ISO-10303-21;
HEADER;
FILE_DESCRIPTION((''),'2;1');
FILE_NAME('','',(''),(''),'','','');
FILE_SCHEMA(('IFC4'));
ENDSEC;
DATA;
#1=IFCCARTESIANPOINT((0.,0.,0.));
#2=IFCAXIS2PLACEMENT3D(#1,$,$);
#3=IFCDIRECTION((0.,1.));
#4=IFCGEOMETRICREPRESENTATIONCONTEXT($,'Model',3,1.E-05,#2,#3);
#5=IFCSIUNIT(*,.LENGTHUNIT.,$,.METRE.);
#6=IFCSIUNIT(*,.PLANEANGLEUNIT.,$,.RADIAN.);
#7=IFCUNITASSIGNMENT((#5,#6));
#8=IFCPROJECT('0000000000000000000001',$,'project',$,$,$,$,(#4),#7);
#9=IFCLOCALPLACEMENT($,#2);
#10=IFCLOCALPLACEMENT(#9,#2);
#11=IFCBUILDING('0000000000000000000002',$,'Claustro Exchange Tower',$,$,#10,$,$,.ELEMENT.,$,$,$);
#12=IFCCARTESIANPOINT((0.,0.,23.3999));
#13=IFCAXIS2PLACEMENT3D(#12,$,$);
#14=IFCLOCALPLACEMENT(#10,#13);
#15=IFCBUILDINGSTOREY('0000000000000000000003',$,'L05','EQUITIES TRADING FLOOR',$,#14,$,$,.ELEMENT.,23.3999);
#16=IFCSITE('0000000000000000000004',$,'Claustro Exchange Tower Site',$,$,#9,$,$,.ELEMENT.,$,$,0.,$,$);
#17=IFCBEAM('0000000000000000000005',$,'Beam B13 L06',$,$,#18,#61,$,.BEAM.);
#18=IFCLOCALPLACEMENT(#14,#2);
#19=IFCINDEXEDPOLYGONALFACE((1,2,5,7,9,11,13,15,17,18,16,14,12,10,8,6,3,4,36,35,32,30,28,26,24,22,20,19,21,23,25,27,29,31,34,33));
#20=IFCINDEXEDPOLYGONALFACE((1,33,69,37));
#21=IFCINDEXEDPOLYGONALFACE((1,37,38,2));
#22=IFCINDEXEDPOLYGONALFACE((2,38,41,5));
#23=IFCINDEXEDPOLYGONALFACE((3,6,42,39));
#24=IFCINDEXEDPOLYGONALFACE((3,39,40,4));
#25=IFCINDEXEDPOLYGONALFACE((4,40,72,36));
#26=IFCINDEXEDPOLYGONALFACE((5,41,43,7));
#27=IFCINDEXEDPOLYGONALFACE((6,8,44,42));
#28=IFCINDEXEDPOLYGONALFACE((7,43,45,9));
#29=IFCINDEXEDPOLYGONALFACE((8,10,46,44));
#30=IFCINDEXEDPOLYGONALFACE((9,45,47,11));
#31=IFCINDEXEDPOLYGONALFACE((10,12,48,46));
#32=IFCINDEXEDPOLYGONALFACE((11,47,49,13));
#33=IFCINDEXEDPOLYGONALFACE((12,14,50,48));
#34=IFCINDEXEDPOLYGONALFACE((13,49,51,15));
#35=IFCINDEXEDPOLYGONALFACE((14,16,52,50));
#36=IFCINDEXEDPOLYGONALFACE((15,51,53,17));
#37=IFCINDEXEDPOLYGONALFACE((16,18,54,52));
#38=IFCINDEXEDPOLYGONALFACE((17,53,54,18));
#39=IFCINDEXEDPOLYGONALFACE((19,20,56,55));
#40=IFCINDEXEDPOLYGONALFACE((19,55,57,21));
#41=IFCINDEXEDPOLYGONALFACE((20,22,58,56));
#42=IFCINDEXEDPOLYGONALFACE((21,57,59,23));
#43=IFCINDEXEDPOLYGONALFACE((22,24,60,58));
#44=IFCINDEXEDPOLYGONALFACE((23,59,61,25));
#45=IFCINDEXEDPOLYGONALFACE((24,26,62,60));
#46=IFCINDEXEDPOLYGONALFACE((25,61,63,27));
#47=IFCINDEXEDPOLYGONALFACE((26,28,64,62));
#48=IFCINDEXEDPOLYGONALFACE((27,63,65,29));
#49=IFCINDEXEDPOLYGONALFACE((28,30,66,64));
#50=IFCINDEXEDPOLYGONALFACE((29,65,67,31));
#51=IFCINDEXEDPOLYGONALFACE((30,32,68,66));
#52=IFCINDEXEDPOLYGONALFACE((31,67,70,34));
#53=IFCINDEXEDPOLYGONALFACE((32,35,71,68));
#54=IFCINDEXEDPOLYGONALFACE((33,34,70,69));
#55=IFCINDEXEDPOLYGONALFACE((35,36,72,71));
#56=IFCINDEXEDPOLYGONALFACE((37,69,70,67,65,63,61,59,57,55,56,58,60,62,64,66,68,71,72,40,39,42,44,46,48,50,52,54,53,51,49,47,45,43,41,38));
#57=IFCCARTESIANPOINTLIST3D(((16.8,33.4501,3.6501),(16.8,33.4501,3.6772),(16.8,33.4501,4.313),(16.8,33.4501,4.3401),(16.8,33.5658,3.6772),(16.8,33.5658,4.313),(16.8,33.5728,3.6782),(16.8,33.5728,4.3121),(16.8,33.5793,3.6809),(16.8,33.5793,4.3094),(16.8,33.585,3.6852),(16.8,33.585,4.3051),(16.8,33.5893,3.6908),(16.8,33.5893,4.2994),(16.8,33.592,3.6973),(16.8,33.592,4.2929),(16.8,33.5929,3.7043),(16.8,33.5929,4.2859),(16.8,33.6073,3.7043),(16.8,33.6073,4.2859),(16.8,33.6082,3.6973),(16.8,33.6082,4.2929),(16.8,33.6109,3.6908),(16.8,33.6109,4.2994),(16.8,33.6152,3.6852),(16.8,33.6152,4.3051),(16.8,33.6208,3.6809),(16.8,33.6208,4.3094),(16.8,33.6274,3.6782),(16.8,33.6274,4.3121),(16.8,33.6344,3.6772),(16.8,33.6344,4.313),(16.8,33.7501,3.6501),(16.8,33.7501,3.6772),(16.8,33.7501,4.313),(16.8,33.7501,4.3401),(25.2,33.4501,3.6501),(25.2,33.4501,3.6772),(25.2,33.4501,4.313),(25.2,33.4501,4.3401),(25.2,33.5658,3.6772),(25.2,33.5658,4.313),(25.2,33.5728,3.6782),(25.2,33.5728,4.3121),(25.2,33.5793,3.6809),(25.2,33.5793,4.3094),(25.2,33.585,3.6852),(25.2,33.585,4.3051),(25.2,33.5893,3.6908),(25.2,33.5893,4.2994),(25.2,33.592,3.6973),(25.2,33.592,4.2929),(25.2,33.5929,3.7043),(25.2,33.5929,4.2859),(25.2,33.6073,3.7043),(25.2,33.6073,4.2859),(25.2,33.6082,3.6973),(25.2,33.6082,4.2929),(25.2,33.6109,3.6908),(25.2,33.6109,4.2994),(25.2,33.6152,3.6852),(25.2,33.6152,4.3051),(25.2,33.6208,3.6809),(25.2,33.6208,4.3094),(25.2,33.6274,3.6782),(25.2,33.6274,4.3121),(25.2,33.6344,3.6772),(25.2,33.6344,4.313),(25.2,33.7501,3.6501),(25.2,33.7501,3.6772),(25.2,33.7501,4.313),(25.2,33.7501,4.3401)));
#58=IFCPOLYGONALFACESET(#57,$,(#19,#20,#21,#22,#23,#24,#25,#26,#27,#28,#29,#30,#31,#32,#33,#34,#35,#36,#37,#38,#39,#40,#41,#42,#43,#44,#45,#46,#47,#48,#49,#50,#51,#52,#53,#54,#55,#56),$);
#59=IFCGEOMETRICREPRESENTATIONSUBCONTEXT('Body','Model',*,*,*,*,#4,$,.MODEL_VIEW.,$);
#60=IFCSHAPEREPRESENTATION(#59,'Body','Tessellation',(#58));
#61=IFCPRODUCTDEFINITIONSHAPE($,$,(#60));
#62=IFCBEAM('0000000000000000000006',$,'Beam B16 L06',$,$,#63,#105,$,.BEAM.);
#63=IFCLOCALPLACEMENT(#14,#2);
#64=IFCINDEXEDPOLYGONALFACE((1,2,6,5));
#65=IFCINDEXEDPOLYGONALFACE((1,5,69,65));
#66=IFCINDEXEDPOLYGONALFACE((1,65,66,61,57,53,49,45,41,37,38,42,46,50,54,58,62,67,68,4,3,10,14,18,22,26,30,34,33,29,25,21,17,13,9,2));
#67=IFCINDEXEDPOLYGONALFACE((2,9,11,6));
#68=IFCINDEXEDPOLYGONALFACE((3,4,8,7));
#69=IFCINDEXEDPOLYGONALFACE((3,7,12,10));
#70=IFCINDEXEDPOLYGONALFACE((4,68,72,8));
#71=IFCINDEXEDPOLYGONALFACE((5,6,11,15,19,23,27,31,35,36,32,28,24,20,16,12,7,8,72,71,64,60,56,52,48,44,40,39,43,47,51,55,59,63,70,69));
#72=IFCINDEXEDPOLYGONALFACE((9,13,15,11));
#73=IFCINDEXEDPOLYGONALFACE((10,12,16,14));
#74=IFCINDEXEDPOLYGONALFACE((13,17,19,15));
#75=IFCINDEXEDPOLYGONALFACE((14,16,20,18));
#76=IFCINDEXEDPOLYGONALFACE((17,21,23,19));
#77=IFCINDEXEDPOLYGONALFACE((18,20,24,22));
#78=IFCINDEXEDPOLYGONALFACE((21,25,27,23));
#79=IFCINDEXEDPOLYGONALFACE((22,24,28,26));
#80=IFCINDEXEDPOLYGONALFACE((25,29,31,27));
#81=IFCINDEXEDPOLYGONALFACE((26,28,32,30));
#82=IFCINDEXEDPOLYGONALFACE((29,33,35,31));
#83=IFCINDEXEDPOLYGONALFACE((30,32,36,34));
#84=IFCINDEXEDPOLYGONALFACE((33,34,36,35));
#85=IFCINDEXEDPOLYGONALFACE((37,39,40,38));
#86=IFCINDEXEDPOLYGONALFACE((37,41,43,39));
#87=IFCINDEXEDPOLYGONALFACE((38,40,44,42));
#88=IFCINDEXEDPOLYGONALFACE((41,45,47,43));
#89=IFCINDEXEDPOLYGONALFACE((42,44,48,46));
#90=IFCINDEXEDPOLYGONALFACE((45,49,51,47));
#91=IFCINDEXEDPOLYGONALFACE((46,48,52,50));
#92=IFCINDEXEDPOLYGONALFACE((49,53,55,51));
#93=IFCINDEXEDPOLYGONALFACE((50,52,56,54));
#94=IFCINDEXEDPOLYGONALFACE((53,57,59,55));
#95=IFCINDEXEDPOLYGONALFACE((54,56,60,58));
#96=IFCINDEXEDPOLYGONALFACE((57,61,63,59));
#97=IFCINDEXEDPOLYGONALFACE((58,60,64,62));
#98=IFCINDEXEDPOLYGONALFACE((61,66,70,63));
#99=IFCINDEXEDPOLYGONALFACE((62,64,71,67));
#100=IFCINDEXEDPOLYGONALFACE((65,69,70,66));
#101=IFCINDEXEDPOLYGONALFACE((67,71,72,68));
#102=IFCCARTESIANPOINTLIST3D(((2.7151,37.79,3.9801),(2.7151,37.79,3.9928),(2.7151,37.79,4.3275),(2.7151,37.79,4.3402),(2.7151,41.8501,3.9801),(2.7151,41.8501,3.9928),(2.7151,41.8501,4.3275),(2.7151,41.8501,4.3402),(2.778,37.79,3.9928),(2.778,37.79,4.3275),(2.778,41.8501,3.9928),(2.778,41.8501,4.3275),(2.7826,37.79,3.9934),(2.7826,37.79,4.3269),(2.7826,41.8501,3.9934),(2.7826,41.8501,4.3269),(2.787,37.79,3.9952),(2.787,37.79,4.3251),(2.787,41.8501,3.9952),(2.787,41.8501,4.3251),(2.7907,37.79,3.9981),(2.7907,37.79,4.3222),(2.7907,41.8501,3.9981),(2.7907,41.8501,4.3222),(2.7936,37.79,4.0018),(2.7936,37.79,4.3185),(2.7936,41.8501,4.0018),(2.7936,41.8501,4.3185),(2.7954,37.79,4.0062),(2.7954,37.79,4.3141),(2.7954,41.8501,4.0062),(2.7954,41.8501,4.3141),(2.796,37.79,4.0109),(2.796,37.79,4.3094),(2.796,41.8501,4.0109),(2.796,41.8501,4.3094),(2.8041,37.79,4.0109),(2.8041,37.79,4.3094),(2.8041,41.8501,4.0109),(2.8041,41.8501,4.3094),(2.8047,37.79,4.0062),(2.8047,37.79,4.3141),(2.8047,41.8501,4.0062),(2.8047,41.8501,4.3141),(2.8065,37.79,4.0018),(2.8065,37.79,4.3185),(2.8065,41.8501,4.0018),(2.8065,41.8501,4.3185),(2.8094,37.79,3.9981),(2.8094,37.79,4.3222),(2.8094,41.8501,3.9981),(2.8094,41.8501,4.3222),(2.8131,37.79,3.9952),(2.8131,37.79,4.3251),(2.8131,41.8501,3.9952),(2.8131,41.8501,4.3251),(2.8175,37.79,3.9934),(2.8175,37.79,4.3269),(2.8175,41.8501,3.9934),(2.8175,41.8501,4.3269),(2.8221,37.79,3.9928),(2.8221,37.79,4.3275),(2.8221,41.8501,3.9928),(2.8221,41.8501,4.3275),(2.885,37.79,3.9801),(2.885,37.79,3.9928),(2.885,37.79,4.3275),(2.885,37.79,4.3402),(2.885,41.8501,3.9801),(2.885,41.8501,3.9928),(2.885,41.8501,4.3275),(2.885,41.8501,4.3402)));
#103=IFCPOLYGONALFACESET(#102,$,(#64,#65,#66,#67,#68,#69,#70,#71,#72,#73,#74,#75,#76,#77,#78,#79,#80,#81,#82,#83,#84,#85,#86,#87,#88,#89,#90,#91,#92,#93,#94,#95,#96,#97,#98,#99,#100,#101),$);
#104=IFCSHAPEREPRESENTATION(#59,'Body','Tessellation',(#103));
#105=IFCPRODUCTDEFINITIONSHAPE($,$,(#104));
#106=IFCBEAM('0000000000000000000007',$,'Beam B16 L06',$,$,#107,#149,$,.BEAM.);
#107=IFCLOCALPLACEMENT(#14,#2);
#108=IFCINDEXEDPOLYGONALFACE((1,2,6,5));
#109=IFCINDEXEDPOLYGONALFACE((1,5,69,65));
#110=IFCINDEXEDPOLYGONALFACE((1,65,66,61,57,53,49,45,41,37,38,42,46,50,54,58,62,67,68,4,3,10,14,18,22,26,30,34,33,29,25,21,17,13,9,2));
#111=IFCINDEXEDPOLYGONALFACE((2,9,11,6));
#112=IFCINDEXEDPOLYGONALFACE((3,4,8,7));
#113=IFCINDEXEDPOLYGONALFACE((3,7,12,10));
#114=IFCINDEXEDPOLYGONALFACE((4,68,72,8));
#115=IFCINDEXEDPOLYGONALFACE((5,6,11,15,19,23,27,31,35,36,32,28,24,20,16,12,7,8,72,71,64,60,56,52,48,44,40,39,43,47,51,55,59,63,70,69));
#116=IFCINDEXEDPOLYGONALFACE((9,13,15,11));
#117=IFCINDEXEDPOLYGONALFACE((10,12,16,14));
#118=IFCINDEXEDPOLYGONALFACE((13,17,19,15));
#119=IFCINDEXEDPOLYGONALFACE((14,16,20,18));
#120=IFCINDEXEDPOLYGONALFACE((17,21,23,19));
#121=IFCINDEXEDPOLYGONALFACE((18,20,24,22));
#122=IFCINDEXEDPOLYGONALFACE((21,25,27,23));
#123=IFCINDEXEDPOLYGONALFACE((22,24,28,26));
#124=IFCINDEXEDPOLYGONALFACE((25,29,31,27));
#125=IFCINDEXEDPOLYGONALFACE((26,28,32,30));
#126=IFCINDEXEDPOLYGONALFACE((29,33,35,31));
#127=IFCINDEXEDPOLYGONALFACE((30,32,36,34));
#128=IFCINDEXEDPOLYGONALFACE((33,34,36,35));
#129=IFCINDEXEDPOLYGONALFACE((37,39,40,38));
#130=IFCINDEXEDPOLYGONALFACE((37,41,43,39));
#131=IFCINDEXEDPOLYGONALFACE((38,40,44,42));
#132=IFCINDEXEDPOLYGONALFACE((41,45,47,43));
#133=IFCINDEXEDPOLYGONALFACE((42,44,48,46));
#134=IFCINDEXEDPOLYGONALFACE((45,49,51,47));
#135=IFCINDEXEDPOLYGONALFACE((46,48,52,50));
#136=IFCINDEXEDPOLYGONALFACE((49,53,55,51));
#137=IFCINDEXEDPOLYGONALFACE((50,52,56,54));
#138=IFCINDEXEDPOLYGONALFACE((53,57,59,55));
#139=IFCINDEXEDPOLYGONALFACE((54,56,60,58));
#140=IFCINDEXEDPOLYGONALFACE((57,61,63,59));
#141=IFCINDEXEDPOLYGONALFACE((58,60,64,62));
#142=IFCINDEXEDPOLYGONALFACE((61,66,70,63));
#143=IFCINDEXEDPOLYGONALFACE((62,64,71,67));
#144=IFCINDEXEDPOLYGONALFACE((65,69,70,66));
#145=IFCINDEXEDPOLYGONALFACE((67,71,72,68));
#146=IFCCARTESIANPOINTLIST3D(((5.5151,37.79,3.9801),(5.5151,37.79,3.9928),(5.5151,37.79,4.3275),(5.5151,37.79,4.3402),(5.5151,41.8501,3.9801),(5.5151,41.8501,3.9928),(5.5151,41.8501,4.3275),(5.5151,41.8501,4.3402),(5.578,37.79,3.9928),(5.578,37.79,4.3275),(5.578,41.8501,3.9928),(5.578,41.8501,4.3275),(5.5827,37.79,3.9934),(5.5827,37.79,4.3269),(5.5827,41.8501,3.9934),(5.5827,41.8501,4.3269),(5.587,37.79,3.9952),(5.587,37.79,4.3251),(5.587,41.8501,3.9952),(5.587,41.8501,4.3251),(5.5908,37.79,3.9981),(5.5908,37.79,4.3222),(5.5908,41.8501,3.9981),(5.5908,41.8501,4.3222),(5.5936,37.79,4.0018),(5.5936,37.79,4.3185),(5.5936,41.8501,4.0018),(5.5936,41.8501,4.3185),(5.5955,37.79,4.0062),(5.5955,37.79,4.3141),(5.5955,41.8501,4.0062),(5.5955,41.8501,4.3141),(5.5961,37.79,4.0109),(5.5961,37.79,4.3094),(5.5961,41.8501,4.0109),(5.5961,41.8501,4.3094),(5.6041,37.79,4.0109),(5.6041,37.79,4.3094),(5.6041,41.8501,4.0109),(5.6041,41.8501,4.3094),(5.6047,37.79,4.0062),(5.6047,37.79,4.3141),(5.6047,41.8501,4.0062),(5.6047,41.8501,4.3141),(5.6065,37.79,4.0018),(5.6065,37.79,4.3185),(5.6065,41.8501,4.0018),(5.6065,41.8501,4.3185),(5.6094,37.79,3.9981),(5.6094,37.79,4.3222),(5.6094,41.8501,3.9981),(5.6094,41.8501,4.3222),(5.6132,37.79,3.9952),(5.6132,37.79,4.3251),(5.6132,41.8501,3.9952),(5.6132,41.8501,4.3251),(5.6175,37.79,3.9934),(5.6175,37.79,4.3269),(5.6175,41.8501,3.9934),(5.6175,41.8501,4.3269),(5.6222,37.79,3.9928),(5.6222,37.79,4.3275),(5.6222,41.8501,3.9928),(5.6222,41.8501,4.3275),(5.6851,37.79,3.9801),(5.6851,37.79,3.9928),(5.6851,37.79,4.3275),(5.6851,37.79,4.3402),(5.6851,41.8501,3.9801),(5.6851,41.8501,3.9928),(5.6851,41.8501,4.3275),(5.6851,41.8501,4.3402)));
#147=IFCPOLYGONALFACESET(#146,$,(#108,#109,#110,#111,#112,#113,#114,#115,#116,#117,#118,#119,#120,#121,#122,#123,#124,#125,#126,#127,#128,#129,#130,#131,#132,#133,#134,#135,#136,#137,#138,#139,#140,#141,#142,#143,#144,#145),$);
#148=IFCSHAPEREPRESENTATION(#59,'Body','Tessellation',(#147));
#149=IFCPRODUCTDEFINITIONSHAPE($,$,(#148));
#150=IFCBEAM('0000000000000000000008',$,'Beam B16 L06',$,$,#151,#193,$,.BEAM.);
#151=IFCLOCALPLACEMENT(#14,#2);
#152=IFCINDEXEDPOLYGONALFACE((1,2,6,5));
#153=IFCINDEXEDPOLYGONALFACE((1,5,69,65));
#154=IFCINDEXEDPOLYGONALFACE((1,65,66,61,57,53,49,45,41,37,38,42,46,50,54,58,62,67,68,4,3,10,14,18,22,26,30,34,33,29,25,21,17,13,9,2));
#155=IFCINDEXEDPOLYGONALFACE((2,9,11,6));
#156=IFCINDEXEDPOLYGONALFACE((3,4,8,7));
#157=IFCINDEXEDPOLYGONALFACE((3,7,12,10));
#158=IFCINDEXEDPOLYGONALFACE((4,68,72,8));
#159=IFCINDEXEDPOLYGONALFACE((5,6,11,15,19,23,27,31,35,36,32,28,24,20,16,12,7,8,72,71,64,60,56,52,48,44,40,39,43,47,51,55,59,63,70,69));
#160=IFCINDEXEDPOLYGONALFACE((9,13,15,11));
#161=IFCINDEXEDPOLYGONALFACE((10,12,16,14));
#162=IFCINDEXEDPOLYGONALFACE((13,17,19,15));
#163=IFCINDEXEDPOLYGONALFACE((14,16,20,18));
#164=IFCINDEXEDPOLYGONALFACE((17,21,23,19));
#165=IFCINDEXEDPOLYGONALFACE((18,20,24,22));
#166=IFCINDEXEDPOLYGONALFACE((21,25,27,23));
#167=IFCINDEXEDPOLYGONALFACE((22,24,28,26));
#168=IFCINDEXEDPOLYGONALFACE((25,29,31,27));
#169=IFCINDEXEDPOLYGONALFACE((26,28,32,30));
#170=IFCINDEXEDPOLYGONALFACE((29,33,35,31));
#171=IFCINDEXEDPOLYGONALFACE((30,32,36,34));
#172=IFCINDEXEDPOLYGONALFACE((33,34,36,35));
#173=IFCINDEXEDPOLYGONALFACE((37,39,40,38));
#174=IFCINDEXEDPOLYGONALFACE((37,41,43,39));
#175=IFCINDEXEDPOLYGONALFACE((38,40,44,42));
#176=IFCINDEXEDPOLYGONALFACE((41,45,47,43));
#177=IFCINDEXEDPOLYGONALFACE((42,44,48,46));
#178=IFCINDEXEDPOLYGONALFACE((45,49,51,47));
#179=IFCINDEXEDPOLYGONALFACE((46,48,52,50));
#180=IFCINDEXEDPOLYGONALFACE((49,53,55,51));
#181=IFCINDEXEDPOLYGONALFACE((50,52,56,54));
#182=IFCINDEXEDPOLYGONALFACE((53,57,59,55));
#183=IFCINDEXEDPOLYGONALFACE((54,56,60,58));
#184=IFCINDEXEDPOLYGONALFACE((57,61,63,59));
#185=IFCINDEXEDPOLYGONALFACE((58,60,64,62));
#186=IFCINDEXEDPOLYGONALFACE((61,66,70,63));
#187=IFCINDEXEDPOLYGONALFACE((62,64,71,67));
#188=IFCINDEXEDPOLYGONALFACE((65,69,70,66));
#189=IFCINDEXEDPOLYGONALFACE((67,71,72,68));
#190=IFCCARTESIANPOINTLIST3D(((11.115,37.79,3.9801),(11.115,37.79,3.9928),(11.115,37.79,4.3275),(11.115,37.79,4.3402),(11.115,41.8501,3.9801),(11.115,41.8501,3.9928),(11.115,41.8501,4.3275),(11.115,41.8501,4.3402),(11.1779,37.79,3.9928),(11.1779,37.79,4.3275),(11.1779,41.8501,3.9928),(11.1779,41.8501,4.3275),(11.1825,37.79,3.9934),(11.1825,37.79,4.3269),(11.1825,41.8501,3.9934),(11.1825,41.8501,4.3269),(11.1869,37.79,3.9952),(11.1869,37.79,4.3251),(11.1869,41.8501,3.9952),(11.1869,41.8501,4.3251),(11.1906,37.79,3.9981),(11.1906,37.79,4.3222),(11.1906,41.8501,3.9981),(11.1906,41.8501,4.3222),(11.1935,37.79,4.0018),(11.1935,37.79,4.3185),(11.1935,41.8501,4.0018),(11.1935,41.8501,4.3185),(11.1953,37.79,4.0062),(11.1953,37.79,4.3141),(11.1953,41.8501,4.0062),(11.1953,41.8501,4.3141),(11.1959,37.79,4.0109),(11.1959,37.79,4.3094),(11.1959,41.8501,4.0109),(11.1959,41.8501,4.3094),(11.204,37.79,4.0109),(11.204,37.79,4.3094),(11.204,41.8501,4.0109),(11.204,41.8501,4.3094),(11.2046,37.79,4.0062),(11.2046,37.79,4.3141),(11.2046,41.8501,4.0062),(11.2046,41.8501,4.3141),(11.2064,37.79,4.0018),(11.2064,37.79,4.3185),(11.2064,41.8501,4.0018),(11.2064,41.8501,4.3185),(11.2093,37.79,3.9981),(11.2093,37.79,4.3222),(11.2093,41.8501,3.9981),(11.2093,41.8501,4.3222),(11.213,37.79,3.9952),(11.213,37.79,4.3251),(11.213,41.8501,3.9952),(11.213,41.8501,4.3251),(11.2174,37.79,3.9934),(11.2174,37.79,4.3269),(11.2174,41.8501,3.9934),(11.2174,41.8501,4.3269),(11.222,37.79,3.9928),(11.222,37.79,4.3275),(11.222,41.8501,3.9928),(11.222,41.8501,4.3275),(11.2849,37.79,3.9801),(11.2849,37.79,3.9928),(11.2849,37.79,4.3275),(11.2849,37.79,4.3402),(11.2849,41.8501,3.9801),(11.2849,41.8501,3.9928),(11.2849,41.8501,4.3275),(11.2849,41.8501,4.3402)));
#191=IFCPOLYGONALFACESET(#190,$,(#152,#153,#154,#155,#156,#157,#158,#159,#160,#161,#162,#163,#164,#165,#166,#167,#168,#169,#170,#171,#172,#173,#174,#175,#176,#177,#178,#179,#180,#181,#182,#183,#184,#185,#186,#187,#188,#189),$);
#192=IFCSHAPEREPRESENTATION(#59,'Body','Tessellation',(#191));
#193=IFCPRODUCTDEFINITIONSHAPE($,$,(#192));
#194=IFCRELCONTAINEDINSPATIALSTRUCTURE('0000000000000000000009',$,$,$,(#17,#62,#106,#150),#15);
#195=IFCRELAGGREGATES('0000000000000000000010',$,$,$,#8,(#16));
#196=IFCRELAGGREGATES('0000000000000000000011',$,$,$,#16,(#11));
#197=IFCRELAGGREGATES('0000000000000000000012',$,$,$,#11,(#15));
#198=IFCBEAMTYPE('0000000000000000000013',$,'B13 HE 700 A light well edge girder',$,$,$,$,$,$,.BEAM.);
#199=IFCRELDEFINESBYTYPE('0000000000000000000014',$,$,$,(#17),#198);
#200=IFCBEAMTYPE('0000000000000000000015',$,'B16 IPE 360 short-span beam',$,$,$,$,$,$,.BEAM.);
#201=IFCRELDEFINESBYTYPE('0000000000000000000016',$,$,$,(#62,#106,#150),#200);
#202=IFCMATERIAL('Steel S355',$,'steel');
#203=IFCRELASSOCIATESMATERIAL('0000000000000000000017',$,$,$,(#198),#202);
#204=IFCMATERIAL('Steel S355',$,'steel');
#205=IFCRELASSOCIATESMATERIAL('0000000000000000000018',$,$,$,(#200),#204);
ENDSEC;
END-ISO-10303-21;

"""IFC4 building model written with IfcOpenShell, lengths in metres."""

from ifc_helpers import new_model, si_unit, direction, frame, origin, origin_2d, place, context, subcontext, project, spatial, i_section, extrude, material, material_profile, profile_set, type_object, element, save


model = new_model("IFC4")

# Units and contexts
model_context = context("Model", 3, precision=1e-05, world=origin(), true_north=direction((0.0, 1.0)))
body_context = subcontext(model_context, "Body", "Model", "MODEL_VIEW")
ifc_project = project(units=[si_unit("LENGTHUNIT", "METRE"), si_unit("PLANEANGLEUNIT", "RADIAN")], contexts=[model_context])

# Site, building, storey
site_placement = place(None, origin())
site = spatial("IfcSite", under=ifc_project, at=site_placement, Name="Claustro Exchange Tower Site", CompositionType="ELEMENT", RefElevation=0.0)
building_placement = place(site_placement, origin())
building = spatial("IfcBuilding", under=site, at=building_placement, Name="Claustro Exchange Tower", CompositionType="ELEMENT")
storey_placement = place(building_placement, frame((0.0, 0.0, 23.3999)))
storey = spatial("IfcBuildingStorey", under=building, at=storey_placement, Name="L05", Description="EQUITIES TRADING FLOOR", CompositionType="ELEMENT", Elevation=23.3999)

# Beams
ifc_material_1 = material(Name="Steel S355", Category="steel")
ifc_material_profile_1 = material_profile(ifc_material_1, i_section(OverallWidth=0.3, OverallDepth=0.6899, WebThickness=0.0144, FlangeThickness=0.0271, FilletRadius=0.0271, at=origin_2d()), Name="HE 700 A")
ifc_profile_set_1 = profile_set([ifc_material_profile_1], Name="Steel S355")
beam_type_1 = type_object("IfcBeamType", Name="B13 HE 700 A light well edge girder", PredefinedType="BEAM", material=ifc_profile_set_1)
beam_placement = place(storey_placement, frame((16.8, 33.6001, 3.9951), z_axis=(1.0, 0.0, 0.0), x_axis=(0.0, 1.0, 0.0)))
element("IfcBeam", 1, at=beam_placement, inside=storey, type_object=beam_type_1, Name="Beam B13 L06", PredefinedType="BEAM", context=body_context, shape_type="SweptSolid", body=[
    extrude(i_section(OverallWidth=0.3, OverallDepth=0.6899, WebThickness=0.0144, FlangeThickness=0.0271, FilletRadius=0.0271, at=origin_2d()), origin(), (0.0, 0.0, 1.0), 8.3999),
])
ifc_material_2 = material(Name="Steel S355", Category="steel")
ifc_material_profile_2 = material_profile(ifc_material_2, i_section(OverallWidth=0.1699, OverallDepth=0.3601, WebThickness=0.0081, FlangeThickness=0.0127, FilletRadius=0.0181, at=origin_2d()), Name="IPE 360")
ifc_profile_set_2 = profile_set([ifc_material_profile_2], Name="Steel S355")
beam_type_2 = type_object("IfcBeamType", Name="B16 IPE 360 short-span beam", PredefinedType="BEAM", material=ifc_profile_set_2)
for number, where, z_axis, x_axis, name in (
    (2, (2.8, 37.79, 4.1602), (0.0, 1.0, 0.0), (-1.0, 0.0, 0.0), "Beam B16 L06"),
    (3, (5.6001, 37.79, 4.1602), (0.0, 1.0, 0.0), (-1.0, 0.0, 0.0), "Beam B16 L06"),
    (4, (11.2, 37.79, 4.1602), (0.0, 1.0, 0.0), (-1.0, 0.0, 0.0), "Beam B16 L06"),
):
    element("IfcBeam", number, at=place(storey_placement, frame(where, z_axis=z_axis, x_axis=x_axis)), inside=storey, type_object=beam_type_2, Name=name, PredefinedType="BEAM", context=body_context, shape_type="SweptSolid", body=[
        extrude(i_section(OverallWidth=0.1699, OverallDepth=0.3601, WebThickness=0.0081, FlangeThickness=0.0127, FilletRadius=0.0181, at=origin_2d()), origin(), (0.0, 0.0, 1.0), 4.0601),
    ])

save(model, "model.ifc")
